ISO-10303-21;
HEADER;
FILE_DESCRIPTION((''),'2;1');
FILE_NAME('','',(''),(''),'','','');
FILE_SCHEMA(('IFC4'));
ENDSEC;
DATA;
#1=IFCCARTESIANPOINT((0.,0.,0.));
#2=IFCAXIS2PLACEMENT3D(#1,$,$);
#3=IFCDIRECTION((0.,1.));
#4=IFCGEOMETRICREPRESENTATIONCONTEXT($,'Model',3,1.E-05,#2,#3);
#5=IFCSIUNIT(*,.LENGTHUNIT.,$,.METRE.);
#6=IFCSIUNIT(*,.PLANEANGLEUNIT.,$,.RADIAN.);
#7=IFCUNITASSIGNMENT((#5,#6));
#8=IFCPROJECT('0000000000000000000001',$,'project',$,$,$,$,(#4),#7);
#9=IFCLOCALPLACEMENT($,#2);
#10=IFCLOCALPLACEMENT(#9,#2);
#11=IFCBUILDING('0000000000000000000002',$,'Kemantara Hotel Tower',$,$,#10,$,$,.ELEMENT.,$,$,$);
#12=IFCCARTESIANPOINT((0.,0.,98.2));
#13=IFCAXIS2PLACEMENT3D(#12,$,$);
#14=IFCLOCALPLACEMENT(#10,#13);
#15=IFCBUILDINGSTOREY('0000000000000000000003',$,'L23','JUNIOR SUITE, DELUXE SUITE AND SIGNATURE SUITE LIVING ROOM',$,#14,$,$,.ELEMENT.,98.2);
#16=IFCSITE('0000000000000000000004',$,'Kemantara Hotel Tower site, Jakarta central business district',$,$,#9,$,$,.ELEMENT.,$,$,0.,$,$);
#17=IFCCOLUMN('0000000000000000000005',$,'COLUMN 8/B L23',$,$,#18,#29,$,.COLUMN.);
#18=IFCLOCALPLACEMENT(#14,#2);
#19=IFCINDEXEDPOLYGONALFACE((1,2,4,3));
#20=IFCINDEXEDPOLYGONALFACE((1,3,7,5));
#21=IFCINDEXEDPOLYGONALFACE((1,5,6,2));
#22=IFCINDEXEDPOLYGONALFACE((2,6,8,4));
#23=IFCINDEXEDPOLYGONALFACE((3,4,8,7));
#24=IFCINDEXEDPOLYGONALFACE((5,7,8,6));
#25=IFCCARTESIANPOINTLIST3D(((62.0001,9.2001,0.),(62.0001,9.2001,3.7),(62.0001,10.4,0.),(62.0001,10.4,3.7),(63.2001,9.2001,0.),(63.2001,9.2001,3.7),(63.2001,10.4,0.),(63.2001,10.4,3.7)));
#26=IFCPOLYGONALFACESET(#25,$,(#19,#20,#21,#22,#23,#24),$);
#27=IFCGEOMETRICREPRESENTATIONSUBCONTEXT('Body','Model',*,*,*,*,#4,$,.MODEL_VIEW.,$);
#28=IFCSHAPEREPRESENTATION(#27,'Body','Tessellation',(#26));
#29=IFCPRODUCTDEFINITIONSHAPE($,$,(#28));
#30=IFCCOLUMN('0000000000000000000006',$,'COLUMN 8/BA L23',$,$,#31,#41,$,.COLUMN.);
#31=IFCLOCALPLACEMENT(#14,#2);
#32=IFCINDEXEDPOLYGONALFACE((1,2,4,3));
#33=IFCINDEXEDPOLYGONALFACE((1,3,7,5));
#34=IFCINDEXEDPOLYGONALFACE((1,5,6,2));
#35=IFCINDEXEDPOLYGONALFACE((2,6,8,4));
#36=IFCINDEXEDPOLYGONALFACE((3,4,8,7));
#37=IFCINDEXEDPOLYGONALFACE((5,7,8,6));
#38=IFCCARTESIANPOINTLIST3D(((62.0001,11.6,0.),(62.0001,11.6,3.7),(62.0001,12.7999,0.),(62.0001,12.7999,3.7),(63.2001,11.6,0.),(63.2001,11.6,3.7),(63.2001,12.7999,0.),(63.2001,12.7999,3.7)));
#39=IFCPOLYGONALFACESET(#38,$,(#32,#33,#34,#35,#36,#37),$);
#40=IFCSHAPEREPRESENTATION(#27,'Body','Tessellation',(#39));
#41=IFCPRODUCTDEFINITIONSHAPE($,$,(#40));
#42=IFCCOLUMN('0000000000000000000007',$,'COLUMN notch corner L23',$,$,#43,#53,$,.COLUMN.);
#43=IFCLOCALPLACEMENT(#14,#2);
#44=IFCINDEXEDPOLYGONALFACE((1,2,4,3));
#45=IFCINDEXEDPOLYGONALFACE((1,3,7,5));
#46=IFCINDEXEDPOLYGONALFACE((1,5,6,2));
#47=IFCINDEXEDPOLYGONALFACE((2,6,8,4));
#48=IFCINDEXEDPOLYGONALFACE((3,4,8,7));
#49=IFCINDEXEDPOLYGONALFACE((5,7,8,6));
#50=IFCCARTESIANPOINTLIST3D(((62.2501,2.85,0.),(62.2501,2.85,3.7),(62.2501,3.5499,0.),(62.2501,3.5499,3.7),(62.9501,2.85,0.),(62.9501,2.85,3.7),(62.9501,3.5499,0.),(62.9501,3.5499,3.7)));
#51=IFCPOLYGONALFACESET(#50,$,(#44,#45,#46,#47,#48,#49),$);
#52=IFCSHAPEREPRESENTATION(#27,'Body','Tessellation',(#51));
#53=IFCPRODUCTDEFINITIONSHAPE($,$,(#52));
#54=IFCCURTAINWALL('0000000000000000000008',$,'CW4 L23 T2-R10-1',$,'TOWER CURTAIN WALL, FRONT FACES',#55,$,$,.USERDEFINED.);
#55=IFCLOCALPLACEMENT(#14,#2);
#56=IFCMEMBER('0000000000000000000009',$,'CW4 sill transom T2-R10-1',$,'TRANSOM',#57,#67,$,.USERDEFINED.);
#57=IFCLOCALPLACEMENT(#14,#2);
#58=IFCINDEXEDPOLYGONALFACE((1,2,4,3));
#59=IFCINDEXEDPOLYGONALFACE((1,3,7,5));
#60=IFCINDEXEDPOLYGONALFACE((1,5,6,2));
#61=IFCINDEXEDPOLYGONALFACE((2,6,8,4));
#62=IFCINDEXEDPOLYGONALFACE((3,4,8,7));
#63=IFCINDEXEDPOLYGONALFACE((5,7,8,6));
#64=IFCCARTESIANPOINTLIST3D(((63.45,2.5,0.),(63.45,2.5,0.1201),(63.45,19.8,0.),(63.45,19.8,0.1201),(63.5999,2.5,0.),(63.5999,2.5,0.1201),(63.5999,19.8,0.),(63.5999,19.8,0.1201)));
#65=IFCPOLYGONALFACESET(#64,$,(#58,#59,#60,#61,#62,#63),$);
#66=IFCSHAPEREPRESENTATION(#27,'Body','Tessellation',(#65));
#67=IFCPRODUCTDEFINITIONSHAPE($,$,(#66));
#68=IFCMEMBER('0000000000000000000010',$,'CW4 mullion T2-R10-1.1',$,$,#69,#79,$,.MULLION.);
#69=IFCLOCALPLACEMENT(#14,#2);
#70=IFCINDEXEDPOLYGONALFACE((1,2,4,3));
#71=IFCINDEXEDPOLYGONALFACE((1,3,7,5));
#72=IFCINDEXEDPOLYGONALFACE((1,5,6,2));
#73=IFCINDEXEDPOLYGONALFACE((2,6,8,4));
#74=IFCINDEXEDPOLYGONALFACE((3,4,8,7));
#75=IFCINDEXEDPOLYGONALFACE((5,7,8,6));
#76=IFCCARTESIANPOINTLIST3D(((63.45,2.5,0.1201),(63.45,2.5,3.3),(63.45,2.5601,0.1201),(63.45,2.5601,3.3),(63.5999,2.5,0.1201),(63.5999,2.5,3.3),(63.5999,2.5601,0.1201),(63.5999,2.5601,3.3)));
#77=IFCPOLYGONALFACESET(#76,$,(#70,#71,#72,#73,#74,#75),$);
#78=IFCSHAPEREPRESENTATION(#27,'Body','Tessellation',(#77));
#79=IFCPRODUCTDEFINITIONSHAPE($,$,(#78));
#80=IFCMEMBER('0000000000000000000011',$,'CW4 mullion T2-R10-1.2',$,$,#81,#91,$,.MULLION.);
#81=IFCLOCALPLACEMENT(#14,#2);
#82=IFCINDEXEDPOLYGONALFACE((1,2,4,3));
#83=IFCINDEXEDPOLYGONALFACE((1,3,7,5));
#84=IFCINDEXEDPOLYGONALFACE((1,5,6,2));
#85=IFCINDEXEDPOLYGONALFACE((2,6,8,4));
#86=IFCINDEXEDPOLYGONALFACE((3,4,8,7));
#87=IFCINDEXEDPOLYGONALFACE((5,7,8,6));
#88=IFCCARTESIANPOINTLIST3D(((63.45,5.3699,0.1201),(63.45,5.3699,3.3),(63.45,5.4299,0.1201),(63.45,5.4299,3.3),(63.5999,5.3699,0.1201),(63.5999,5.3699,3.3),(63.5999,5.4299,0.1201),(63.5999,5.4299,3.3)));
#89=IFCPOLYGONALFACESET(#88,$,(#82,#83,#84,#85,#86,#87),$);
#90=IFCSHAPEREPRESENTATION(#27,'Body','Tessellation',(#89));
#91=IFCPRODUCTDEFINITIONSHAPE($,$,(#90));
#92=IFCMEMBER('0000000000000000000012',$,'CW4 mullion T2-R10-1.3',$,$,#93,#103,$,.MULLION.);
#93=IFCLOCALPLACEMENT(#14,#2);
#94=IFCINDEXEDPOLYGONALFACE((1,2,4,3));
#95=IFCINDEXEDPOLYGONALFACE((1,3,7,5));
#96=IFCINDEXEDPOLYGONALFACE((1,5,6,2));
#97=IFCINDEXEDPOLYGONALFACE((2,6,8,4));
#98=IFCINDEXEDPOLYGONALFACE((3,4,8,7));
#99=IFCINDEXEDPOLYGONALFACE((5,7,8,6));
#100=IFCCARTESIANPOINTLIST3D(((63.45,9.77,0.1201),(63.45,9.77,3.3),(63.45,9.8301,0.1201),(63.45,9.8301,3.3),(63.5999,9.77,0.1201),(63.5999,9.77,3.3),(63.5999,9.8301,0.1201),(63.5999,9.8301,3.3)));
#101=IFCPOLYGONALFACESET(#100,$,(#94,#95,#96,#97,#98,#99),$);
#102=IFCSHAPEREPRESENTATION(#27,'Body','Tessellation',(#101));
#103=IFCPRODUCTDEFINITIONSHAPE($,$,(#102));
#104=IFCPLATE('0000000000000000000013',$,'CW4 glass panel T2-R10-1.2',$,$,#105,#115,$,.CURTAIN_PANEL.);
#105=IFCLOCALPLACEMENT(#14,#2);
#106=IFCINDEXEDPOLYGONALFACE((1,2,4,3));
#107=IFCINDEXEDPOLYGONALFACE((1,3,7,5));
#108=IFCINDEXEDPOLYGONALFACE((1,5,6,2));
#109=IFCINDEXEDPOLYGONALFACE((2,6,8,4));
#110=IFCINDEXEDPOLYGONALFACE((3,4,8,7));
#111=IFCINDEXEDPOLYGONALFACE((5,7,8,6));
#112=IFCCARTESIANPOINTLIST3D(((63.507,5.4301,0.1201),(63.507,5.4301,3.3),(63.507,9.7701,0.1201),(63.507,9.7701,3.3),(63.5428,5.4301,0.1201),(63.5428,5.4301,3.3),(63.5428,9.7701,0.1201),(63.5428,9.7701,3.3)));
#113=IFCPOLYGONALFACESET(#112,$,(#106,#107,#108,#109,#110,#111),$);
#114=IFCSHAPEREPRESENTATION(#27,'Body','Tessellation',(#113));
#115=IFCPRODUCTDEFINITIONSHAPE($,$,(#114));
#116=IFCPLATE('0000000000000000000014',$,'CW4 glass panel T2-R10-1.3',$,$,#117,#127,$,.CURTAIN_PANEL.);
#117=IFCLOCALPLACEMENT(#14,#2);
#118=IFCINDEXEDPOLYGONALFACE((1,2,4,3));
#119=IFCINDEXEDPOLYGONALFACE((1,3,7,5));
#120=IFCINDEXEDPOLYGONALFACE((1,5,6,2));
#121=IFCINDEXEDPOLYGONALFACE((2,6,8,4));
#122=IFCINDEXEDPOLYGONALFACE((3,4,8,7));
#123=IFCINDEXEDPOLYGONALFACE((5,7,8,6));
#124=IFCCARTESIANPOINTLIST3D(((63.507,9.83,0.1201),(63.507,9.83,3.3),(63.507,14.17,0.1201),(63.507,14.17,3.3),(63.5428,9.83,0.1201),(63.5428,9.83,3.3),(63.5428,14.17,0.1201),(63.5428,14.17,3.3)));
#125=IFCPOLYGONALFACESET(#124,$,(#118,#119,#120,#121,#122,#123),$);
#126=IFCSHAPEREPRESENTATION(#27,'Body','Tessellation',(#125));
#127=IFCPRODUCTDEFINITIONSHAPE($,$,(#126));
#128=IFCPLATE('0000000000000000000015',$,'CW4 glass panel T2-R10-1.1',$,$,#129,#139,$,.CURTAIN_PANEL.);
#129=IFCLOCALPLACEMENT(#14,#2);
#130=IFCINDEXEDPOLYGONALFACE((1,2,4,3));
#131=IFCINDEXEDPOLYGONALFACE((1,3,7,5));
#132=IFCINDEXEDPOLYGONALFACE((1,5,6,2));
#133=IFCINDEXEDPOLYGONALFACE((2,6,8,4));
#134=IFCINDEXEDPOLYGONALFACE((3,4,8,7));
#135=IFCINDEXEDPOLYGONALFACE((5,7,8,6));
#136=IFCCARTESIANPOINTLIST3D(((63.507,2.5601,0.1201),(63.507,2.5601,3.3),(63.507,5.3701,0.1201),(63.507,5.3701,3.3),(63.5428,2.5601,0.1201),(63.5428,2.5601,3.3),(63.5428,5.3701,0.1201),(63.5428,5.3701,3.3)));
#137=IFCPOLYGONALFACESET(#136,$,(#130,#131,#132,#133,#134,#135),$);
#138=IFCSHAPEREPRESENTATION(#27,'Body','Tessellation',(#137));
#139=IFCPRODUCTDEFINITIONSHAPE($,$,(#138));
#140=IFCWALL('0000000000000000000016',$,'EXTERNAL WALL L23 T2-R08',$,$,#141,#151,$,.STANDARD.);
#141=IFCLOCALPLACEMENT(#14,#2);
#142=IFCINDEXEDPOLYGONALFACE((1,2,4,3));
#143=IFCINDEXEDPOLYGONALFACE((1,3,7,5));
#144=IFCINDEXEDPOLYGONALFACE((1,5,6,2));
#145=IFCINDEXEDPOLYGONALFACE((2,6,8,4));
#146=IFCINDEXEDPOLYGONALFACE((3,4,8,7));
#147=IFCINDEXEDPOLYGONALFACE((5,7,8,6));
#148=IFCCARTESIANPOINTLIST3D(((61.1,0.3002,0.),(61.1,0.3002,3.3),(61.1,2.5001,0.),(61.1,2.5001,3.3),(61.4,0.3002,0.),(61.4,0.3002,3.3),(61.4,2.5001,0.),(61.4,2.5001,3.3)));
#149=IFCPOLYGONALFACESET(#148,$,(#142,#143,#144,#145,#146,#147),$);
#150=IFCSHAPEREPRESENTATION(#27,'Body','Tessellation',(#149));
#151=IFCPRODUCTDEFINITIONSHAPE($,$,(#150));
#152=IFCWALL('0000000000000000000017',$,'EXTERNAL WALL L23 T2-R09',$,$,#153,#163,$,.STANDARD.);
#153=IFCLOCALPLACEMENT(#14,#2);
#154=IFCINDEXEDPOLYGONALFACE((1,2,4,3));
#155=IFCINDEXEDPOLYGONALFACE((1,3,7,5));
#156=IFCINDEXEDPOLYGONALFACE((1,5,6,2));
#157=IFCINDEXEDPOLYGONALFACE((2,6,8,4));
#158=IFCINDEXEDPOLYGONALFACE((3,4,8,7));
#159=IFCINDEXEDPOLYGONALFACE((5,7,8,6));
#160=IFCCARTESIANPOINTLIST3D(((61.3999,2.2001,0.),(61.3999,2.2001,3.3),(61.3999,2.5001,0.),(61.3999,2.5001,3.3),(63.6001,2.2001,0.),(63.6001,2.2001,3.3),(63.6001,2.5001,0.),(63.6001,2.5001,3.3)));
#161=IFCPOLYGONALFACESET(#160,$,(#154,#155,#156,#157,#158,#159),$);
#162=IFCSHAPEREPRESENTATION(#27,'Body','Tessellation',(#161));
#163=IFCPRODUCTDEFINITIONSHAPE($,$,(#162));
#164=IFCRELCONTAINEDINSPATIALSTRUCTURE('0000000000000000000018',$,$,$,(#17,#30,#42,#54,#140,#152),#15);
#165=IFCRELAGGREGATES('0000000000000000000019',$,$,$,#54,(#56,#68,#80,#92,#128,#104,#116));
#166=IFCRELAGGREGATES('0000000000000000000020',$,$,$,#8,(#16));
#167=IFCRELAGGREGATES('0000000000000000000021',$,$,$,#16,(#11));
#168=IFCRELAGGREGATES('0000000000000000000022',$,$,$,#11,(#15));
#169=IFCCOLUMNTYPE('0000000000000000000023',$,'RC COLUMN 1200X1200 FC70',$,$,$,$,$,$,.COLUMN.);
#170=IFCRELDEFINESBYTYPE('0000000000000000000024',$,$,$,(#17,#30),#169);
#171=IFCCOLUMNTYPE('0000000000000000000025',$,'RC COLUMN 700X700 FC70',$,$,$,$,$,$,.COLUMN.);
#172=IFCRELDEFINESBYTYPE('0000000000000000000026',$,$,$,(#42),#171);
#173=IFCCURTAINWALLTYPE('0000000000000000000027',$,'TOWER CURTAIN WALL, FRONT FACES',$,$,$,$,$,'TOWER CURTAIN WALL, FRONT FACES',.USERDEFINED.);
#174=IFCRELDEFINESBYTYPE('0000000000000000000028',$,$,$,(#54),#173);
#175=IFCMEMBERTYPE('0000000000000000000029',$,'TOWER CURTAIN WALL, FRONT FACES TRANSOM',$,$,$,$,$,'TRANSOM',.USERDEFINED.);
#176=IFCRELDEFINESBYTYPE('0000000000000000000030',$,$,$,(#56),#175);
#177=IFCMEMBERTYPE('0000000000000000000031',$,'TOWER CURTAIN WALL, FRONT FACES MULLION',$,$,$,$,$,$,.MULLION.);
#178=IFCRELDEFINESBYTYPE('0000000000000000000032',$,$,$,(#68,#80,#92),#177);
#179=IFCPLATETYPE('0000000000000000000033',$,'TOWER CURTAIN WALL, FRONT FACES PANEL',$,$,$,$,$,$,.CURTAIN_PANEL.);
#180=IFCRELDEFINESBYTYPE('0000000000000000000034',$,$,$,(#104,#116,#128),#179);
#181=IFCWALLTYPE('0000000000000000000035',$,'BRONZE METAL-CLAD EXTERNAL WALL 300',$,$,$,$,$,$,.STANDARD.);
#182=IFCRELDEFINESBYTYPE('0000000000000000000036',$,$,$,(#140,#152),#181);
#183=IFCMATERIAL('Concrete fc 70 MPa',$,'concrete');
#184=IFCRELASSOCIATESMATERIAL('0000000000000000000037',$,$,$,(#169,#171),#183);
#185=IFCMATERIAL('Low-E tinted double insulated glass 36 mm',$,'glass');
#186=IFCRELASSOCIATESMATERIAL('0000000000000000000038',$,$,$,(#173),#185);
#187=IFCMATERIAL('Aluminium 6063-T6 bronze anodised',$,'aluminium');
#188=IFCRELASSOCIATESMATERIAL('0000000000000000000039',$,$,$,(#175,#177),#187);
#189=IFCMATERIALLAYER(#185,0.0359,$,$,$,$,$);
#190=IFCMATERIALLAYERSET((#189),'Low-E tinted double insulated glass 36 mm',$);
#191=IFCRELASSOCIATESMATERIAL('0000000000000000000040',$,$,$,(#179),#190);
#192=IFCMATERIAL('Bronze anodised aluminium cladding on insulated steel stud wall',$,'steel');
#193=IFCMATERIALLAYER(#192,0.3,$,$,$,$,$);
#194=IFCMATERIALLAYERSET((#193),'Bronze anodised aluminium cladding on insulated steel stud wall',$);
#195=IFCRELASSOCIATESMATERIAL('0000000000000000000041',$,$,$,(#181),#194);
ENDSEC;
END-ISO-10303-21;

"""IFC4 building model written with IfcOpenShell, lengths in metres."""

from ifc_helpers import new_model, si_unit, direction, frame, frame_2d, origin, origin_2d, place, context, subcontext, project, spatial, rectangle, extrude, source, transform, mapped, material, layer, layer_set, material_profile, profile_set, type_object, element, aggregate, save


model = new_model("IFC4")

# Units and contexts
model_context = context("Model", 3, precision=1e-05, world=origin(), true_north=direction((0.0, 1.0)))
body_context = subcontext(model_context, "Body", "Model", "MODEL_VIEW")
ifc_project = project(units=[si_unit("LENGTHUNIT", "METRE"), si_unit("PLANEANGLEUNIT", "RADIAN")], contexts=[model_context])

# Site, building, storey
site_placement = place(None, origin())
site = spatial("IfcSite", under=ifc_project, at=site_placement, Name="Kemantara Hotel Tower site, Jakarta central business district", CompositionType="ELEMENT", RefElevation=0.0)
building_placement = place(site_placement, origin())
building = spatial("IfcBuilding", under=site, at=building_placement, Name="Kemantara Hotel Tower", CompositionType="ELEMENT")
storey_placement = place(building_placement, frame((0.0, 0.0, 98.2)))
storey = spatial("IfcBuildingStorey", under=building, at=storey_placement, Name="L23", Description="JUNIOR SUITE, DELUXE SUITE AND SIGNATURE SUITE LIVING ROOM", CompositionType="ELEMENT", Elevation=98.2)

# Columns
ifc_material_1 = material(Name="Concrete fc 70 MPa", Category="concrete")
ifc_material_profile_1 = material_profile(ifc_material_1, rectangle(XDim=1.2, YDim=1.2, at=origin_2d()), Name="RC 1200X1200")
ifc_profile_set_1 = profile_set([ifc_material_profile_1], Name="Concrete fc 70 MPa")
column_type_1 = type_object("IfcColumnType", Name="RC COLUMN 1200X1200 FC70", PredefinedType="COLUMN", material=ifc_profile_set_1)
for number, where, z_axis, x_axis, name in (
    (1, (62.6001, 9.8, 0.0), (0.0, 0.0, 1.0), (1.0, 0.0, 0.0), "COLUMN 8/B L23"),
    (2, (62.6001, 12.2, 0.0), (0.0, 0.0, 1.0), (1.0, 0.0, 0.0), "COLUMN 8/BA L23"),
):
    element("IfcColumn", number, at=place(storey_placement, frame(where, z_axis=z_axis, x_axis=x_axis)), inside=storey, type_object=column_type_1, Name=name, PredefinedType="COLUMN", context=body_context, shape_type="SweptSolid", body=[
        extrude(rectangle(XDim=1.2, YDim=1.2, at=origin_2d()), origin(), (0.0, 0.0, 1.0), 3.7),
    ])
ifc_material_profile_2 = material_profile(ifc_material_1, rectangle(XDim=0.7, YDim=0.7, at=origin_2d()), Name="RC 700X700")
ifc_profile_set_2 = profile_set([ifc_material_profile_2], Name="Concrete fc 70 MPa")
column_type_2 = type_object("IfcColumnType", Name="RC COLUMN 700X700 FC70", PredefinedType="COLUMN", material=ifc_profile_set_2)
column_placement = place(storey_placement, frame((62.6001, 3.2, 0.0), z_axis=(0.0, 0.0, 1.0), x_axis=(1.0, 0.0, 0.0)))
element("IfcColumn", 3, at=column_placement, inside=storey, type_object=column_type_2, Name="COLUMN notch corner L23", PredefinedType="COLUMN", context=body_context, shape_type="SweptSolid", body=[
    extrude(rectangle(XDim=0.7, YDim=0.7, at=origin_2d()), origin(), (0.0, 0.0, 1.0), 3.7),
])

# Curtain wall, members, plates
ifc_material_2 = material(Name="Low-E tinted double insulated glass 36 mm", Category="glass")
curtain_wall_type = type_object("IfcCurtainWallType", Name="TOWER CURTAIN WALL, FRONT FACES", ElementType="TOWER CURTAIN WALL, FRONT FACES", PredefinedType="USERDEFINED", material=ifc_material_2)
curtain_wall_placement = place(storey_placement, origin())
curtain_wall = element("IfcCurtainWall", 4, at=curtain_wall_placement, inside=storey, type_object=curtain_wall_type, Name="CW4 L23 T2-R10-1", ObjectType="TOWER CURTAIN WALL, FRONT FACES", PredefinedType="USERDEFINED")
ifc_material_3 = material(Name="Aluminium 6063-T6 bronze anodised", Category="aluminium")
ifc_material_profile_3 = material_profile(ifc_material_3, rectangle(XDim=0.1499, YDim=0.1201, at=origin_2d()), Name="TOWER CURTAIN WALL, FRONT FACES TRANSOM")
ifc_profile_set_3 = profile_set([ifc_material_profile_3], Name="Aluminium 6063-T6 bronze anodised")
member_type_1 = type_object("IfcMemberType", Name="TOWER CURTAIN WALL, FRONT FACES TRANSOM", ElementType="TRANSOM", PredefinedType="USERDEFINED", material=ifc_profile_set_3)
member_1_placement = place(storey_placement, frame((63.5249, 2.5, 0.0601), z_axis=(0.0, 1.0, 0.0), x_axis=(-1.0, 0.0, 0.0)))
member_1 = element("IfcMember", 5, at=member_1_placement, type_object=member_type_1, Name="CW4 sill transom T2-R10-1", ObjectType="TRANSOM", PredefinedType="USERDEFINED", context=body_context, shape_type="SweptSolid", body=[
    extrude(rectangle(XDim=0.1499, YDim=0.1201, at=origin_2d()), origin(), (0.0, 0.0, 1.0), 17.3),
])
ifc_material_profile_4 = material_profile(ifc_material_3, rectangle(XDim=0.1499, YDim=0.0601, at=origin_2d()), Name="TOWER CURTAIN WALL, FRONT FACES MULLION")
ifc_profile_set_4 = profile_set([ifc_material_profile_4], Name="Aluminium 6063-T6 bronze anodised")
member_type_2 = type_object("IfcMemberType", Name="TOWER CURTAIN WALL, FRONT FACES MULLION", PredefinedType="MULLION", material=ifc_profile_set_4)
shared_shape_1 = source(origin(), body_context, "Body", "SweptSolid", [
    extrude(rectangle(XDim=0.1499, YDim=0.0601, at=origin_2d()), origin(), (0.0, 0.0, 1.0), 3.1799),
])
member_2_placement = place(storey_placement, frame((63.5249, 2.53, 0.1201), z_axis=(0.0, 0.0, 1.0), x_axis=(-1.0, 0.0, 0.0)))
member_2 = element("IfcMember", 6, at=member_2_placement, type_object=member_type_2, Name="CW4 mullion T2-R10-1.1", PredefinedType="MULLION", context=body_context, shape_type="MappedRepresentation", body=[
    mapped(shared_shape_1, transform((0.0, 0.0, 0.0))),
])
member_3_placement = place(storey_placement, frame((63.5249, 5.3999, 0.1201), z_axis=(0.0, 0.0, 1.0), x_axis=(-1.0, 0.0, 0.0)))
member_3 = element("IfcMember", 7, at=member_3_placement, type_object=member_type_2, Name="CW4 mullion T2-R10-1.2", PredefinedType="MULLION", context=body_context, shape_type="MappedRepresentation", body=[
    mapped(shared_shape_1, transform((0.0, 0.0, 0.0))),
])
member_4_placement = place(storey_placement, frame((63.5249, 9.8, 0.1201), z_axis=(0.0, 0.0, 1.0), x_axis=(-1.0, 0.0, 0.0)))
member_4 = element("IfcMember", 8, at=member_4_placement, type_object=member_type_2, Name="CW4 mullion T2-R10-1.3", PredefinedType="MULLION", context=body_context, shape_type="MappedRepresentation", body=[
    mapped(shared_shape_1, transform((0.0, 0.0, 0.0))),
])
ifc_layer_1 = layer(ifc_material_2, 0.0359)
ifc_layer_set_1 = layer_set([ifc_layer_1], Name="Low-E tinted double insulated glass 36 mm")
plate_type = type_object("IfcPlateType", Name="TOWER CURTAIN WALL, FRONT FACES PANEL", PredefinedType="CURTAIN_PANEL", material=ifc_layer_set_1)
shared_shape_2 = source(origin(), body_context, "Body", "SweptSolid", [
    extrude(rectangle(XDim=4.3401, YDim=0.0359, at=origin_2d()), origin(), (0.0, 0.0, 1.0), 3.1799),
])
plate_1_placement = place(storey_placement, frame((63.5249, 7.6001, 0.1201), z_axis=(0.0, 0.0, 1.0), x_axis=(0.0, 1.0, 0.0)))
plate_1 = element("IfcPlate", 9, at=plate_1_placement, type_object=plate_type, Name="CW4 glass panel T2-R10-1.2", PredefinedType="CURTAIN_PANEL", context=body_context, shape_type="MappedRepresentation", body=[
    mapped(shared_shape_2, transform((0.0, 0.0, 0.0))),
])
plate_2_placement = place(storey_placement, frame((63.5249, 12.0, 0.1201), z_axis=(0.0, 0.0, 1.0), x_axis=(0.0, 1.0, 0.0)))
plate_2 = element("IfcPlate", 10, at=plate_2_placement, type_object=plate_type, Name="CW4 glass panel T2-R10-1.3", PredefinedType="CURTAIN_PANEL", context=body_context, shape_type="MappedRepresentation", body=[
    mapped(shared_shape_2, transform((0.0, 0.0, 0.0))),
])
shared_shape_3 = source(origin(), body_context, "Body", "SweptSolid", [
    extrude(rectangle(XDim=2.8101, YDim=0.0359, at=origin_2d()), origin(), (0.0, 0.0, 1.0), 3.1799),
])
plate_3_placement = place(storey_placement, frame((63.5249, 3.9651, 0.1201), z_axis=(0.0, 0.0, 1.0), x_axis=(0.0, 1.0, 0.0)))
plate_3 = element("IfcPlate", 11, at=plate_3_placement, type_object=plate_type, Name="CW4 glass panel T2-R10-1.1", PredefinedType="CURTAIN_PANEL", context=body_context, shape_type="MappedRepresentation", body=[
    mapped(shared_shape_3, transform((0.0, 0.0, 0.0))),
])
aggregate(curtain_wall, [member_1, member_2, member_3, member_4, plate_3, plate_1, plate_2])

# Walls
ifc_material_4 = material(Name="Bronze anodised aluminium cladding on insulated steel stud wall", Category="steel")
ifc_layer_2 = layer(ifc_material_4, 0.3)
ifc_layer_set_2 = layer_set([ifc_layer_2], Name="Bronze anodised aluminium cladding on insulated steel stud wall")
wall_type_1 = type_object("IfcWallType", Name="BRONZE METAL-CLAD EXTERNAL WALL 300", PredefinedType="STANDARD", material=ifc_layer_set_2)
wall_1_placement = place(storey_placement, frame((61.25, 0.3, 0.0), z_axis=(0.0, 0.0, 1.0), x_axis=(0.0, 1.0, 0.0)))
element("IfcWall", 12, at=wall_1_placement, inside=storey, type_object=wall_type_1, Name="EXTERNAL WALL L23 T2-R08", PredefinedType="STANDARD", context=body_context, shape_type="SweptSolid", body=[
    extrude(rectangle(XDim=2.2, YDim=0.3, at=frame_2d((1.1001, 0.0))), origin(), (0.0, 0.0, 1.0), 3.3),
])
wall_2_placement = place(storey_placement, frame((61.3999, 2.3501, 0.0), z_axis=(0.0, 0.0, 1.0), x_axis=(1.0, 0.0, 0.0)))
element("IfcWall", 13, at=wall_2_placement, inside=storey, type_object=wall_type_1, Name="EXTERNAL WALL L23 T2-R09", PredefinedType="STANDARD", context=body_context, shape_type="SweptSolid", body=[
    extrude(rectangle(XDim=2.2002, YDim=0.3, at=frame_2d((1.1001, 0.0))), origin(), (0.0, 0.0, 1.0), 3.3),
])

save(model, "model.ifc")
